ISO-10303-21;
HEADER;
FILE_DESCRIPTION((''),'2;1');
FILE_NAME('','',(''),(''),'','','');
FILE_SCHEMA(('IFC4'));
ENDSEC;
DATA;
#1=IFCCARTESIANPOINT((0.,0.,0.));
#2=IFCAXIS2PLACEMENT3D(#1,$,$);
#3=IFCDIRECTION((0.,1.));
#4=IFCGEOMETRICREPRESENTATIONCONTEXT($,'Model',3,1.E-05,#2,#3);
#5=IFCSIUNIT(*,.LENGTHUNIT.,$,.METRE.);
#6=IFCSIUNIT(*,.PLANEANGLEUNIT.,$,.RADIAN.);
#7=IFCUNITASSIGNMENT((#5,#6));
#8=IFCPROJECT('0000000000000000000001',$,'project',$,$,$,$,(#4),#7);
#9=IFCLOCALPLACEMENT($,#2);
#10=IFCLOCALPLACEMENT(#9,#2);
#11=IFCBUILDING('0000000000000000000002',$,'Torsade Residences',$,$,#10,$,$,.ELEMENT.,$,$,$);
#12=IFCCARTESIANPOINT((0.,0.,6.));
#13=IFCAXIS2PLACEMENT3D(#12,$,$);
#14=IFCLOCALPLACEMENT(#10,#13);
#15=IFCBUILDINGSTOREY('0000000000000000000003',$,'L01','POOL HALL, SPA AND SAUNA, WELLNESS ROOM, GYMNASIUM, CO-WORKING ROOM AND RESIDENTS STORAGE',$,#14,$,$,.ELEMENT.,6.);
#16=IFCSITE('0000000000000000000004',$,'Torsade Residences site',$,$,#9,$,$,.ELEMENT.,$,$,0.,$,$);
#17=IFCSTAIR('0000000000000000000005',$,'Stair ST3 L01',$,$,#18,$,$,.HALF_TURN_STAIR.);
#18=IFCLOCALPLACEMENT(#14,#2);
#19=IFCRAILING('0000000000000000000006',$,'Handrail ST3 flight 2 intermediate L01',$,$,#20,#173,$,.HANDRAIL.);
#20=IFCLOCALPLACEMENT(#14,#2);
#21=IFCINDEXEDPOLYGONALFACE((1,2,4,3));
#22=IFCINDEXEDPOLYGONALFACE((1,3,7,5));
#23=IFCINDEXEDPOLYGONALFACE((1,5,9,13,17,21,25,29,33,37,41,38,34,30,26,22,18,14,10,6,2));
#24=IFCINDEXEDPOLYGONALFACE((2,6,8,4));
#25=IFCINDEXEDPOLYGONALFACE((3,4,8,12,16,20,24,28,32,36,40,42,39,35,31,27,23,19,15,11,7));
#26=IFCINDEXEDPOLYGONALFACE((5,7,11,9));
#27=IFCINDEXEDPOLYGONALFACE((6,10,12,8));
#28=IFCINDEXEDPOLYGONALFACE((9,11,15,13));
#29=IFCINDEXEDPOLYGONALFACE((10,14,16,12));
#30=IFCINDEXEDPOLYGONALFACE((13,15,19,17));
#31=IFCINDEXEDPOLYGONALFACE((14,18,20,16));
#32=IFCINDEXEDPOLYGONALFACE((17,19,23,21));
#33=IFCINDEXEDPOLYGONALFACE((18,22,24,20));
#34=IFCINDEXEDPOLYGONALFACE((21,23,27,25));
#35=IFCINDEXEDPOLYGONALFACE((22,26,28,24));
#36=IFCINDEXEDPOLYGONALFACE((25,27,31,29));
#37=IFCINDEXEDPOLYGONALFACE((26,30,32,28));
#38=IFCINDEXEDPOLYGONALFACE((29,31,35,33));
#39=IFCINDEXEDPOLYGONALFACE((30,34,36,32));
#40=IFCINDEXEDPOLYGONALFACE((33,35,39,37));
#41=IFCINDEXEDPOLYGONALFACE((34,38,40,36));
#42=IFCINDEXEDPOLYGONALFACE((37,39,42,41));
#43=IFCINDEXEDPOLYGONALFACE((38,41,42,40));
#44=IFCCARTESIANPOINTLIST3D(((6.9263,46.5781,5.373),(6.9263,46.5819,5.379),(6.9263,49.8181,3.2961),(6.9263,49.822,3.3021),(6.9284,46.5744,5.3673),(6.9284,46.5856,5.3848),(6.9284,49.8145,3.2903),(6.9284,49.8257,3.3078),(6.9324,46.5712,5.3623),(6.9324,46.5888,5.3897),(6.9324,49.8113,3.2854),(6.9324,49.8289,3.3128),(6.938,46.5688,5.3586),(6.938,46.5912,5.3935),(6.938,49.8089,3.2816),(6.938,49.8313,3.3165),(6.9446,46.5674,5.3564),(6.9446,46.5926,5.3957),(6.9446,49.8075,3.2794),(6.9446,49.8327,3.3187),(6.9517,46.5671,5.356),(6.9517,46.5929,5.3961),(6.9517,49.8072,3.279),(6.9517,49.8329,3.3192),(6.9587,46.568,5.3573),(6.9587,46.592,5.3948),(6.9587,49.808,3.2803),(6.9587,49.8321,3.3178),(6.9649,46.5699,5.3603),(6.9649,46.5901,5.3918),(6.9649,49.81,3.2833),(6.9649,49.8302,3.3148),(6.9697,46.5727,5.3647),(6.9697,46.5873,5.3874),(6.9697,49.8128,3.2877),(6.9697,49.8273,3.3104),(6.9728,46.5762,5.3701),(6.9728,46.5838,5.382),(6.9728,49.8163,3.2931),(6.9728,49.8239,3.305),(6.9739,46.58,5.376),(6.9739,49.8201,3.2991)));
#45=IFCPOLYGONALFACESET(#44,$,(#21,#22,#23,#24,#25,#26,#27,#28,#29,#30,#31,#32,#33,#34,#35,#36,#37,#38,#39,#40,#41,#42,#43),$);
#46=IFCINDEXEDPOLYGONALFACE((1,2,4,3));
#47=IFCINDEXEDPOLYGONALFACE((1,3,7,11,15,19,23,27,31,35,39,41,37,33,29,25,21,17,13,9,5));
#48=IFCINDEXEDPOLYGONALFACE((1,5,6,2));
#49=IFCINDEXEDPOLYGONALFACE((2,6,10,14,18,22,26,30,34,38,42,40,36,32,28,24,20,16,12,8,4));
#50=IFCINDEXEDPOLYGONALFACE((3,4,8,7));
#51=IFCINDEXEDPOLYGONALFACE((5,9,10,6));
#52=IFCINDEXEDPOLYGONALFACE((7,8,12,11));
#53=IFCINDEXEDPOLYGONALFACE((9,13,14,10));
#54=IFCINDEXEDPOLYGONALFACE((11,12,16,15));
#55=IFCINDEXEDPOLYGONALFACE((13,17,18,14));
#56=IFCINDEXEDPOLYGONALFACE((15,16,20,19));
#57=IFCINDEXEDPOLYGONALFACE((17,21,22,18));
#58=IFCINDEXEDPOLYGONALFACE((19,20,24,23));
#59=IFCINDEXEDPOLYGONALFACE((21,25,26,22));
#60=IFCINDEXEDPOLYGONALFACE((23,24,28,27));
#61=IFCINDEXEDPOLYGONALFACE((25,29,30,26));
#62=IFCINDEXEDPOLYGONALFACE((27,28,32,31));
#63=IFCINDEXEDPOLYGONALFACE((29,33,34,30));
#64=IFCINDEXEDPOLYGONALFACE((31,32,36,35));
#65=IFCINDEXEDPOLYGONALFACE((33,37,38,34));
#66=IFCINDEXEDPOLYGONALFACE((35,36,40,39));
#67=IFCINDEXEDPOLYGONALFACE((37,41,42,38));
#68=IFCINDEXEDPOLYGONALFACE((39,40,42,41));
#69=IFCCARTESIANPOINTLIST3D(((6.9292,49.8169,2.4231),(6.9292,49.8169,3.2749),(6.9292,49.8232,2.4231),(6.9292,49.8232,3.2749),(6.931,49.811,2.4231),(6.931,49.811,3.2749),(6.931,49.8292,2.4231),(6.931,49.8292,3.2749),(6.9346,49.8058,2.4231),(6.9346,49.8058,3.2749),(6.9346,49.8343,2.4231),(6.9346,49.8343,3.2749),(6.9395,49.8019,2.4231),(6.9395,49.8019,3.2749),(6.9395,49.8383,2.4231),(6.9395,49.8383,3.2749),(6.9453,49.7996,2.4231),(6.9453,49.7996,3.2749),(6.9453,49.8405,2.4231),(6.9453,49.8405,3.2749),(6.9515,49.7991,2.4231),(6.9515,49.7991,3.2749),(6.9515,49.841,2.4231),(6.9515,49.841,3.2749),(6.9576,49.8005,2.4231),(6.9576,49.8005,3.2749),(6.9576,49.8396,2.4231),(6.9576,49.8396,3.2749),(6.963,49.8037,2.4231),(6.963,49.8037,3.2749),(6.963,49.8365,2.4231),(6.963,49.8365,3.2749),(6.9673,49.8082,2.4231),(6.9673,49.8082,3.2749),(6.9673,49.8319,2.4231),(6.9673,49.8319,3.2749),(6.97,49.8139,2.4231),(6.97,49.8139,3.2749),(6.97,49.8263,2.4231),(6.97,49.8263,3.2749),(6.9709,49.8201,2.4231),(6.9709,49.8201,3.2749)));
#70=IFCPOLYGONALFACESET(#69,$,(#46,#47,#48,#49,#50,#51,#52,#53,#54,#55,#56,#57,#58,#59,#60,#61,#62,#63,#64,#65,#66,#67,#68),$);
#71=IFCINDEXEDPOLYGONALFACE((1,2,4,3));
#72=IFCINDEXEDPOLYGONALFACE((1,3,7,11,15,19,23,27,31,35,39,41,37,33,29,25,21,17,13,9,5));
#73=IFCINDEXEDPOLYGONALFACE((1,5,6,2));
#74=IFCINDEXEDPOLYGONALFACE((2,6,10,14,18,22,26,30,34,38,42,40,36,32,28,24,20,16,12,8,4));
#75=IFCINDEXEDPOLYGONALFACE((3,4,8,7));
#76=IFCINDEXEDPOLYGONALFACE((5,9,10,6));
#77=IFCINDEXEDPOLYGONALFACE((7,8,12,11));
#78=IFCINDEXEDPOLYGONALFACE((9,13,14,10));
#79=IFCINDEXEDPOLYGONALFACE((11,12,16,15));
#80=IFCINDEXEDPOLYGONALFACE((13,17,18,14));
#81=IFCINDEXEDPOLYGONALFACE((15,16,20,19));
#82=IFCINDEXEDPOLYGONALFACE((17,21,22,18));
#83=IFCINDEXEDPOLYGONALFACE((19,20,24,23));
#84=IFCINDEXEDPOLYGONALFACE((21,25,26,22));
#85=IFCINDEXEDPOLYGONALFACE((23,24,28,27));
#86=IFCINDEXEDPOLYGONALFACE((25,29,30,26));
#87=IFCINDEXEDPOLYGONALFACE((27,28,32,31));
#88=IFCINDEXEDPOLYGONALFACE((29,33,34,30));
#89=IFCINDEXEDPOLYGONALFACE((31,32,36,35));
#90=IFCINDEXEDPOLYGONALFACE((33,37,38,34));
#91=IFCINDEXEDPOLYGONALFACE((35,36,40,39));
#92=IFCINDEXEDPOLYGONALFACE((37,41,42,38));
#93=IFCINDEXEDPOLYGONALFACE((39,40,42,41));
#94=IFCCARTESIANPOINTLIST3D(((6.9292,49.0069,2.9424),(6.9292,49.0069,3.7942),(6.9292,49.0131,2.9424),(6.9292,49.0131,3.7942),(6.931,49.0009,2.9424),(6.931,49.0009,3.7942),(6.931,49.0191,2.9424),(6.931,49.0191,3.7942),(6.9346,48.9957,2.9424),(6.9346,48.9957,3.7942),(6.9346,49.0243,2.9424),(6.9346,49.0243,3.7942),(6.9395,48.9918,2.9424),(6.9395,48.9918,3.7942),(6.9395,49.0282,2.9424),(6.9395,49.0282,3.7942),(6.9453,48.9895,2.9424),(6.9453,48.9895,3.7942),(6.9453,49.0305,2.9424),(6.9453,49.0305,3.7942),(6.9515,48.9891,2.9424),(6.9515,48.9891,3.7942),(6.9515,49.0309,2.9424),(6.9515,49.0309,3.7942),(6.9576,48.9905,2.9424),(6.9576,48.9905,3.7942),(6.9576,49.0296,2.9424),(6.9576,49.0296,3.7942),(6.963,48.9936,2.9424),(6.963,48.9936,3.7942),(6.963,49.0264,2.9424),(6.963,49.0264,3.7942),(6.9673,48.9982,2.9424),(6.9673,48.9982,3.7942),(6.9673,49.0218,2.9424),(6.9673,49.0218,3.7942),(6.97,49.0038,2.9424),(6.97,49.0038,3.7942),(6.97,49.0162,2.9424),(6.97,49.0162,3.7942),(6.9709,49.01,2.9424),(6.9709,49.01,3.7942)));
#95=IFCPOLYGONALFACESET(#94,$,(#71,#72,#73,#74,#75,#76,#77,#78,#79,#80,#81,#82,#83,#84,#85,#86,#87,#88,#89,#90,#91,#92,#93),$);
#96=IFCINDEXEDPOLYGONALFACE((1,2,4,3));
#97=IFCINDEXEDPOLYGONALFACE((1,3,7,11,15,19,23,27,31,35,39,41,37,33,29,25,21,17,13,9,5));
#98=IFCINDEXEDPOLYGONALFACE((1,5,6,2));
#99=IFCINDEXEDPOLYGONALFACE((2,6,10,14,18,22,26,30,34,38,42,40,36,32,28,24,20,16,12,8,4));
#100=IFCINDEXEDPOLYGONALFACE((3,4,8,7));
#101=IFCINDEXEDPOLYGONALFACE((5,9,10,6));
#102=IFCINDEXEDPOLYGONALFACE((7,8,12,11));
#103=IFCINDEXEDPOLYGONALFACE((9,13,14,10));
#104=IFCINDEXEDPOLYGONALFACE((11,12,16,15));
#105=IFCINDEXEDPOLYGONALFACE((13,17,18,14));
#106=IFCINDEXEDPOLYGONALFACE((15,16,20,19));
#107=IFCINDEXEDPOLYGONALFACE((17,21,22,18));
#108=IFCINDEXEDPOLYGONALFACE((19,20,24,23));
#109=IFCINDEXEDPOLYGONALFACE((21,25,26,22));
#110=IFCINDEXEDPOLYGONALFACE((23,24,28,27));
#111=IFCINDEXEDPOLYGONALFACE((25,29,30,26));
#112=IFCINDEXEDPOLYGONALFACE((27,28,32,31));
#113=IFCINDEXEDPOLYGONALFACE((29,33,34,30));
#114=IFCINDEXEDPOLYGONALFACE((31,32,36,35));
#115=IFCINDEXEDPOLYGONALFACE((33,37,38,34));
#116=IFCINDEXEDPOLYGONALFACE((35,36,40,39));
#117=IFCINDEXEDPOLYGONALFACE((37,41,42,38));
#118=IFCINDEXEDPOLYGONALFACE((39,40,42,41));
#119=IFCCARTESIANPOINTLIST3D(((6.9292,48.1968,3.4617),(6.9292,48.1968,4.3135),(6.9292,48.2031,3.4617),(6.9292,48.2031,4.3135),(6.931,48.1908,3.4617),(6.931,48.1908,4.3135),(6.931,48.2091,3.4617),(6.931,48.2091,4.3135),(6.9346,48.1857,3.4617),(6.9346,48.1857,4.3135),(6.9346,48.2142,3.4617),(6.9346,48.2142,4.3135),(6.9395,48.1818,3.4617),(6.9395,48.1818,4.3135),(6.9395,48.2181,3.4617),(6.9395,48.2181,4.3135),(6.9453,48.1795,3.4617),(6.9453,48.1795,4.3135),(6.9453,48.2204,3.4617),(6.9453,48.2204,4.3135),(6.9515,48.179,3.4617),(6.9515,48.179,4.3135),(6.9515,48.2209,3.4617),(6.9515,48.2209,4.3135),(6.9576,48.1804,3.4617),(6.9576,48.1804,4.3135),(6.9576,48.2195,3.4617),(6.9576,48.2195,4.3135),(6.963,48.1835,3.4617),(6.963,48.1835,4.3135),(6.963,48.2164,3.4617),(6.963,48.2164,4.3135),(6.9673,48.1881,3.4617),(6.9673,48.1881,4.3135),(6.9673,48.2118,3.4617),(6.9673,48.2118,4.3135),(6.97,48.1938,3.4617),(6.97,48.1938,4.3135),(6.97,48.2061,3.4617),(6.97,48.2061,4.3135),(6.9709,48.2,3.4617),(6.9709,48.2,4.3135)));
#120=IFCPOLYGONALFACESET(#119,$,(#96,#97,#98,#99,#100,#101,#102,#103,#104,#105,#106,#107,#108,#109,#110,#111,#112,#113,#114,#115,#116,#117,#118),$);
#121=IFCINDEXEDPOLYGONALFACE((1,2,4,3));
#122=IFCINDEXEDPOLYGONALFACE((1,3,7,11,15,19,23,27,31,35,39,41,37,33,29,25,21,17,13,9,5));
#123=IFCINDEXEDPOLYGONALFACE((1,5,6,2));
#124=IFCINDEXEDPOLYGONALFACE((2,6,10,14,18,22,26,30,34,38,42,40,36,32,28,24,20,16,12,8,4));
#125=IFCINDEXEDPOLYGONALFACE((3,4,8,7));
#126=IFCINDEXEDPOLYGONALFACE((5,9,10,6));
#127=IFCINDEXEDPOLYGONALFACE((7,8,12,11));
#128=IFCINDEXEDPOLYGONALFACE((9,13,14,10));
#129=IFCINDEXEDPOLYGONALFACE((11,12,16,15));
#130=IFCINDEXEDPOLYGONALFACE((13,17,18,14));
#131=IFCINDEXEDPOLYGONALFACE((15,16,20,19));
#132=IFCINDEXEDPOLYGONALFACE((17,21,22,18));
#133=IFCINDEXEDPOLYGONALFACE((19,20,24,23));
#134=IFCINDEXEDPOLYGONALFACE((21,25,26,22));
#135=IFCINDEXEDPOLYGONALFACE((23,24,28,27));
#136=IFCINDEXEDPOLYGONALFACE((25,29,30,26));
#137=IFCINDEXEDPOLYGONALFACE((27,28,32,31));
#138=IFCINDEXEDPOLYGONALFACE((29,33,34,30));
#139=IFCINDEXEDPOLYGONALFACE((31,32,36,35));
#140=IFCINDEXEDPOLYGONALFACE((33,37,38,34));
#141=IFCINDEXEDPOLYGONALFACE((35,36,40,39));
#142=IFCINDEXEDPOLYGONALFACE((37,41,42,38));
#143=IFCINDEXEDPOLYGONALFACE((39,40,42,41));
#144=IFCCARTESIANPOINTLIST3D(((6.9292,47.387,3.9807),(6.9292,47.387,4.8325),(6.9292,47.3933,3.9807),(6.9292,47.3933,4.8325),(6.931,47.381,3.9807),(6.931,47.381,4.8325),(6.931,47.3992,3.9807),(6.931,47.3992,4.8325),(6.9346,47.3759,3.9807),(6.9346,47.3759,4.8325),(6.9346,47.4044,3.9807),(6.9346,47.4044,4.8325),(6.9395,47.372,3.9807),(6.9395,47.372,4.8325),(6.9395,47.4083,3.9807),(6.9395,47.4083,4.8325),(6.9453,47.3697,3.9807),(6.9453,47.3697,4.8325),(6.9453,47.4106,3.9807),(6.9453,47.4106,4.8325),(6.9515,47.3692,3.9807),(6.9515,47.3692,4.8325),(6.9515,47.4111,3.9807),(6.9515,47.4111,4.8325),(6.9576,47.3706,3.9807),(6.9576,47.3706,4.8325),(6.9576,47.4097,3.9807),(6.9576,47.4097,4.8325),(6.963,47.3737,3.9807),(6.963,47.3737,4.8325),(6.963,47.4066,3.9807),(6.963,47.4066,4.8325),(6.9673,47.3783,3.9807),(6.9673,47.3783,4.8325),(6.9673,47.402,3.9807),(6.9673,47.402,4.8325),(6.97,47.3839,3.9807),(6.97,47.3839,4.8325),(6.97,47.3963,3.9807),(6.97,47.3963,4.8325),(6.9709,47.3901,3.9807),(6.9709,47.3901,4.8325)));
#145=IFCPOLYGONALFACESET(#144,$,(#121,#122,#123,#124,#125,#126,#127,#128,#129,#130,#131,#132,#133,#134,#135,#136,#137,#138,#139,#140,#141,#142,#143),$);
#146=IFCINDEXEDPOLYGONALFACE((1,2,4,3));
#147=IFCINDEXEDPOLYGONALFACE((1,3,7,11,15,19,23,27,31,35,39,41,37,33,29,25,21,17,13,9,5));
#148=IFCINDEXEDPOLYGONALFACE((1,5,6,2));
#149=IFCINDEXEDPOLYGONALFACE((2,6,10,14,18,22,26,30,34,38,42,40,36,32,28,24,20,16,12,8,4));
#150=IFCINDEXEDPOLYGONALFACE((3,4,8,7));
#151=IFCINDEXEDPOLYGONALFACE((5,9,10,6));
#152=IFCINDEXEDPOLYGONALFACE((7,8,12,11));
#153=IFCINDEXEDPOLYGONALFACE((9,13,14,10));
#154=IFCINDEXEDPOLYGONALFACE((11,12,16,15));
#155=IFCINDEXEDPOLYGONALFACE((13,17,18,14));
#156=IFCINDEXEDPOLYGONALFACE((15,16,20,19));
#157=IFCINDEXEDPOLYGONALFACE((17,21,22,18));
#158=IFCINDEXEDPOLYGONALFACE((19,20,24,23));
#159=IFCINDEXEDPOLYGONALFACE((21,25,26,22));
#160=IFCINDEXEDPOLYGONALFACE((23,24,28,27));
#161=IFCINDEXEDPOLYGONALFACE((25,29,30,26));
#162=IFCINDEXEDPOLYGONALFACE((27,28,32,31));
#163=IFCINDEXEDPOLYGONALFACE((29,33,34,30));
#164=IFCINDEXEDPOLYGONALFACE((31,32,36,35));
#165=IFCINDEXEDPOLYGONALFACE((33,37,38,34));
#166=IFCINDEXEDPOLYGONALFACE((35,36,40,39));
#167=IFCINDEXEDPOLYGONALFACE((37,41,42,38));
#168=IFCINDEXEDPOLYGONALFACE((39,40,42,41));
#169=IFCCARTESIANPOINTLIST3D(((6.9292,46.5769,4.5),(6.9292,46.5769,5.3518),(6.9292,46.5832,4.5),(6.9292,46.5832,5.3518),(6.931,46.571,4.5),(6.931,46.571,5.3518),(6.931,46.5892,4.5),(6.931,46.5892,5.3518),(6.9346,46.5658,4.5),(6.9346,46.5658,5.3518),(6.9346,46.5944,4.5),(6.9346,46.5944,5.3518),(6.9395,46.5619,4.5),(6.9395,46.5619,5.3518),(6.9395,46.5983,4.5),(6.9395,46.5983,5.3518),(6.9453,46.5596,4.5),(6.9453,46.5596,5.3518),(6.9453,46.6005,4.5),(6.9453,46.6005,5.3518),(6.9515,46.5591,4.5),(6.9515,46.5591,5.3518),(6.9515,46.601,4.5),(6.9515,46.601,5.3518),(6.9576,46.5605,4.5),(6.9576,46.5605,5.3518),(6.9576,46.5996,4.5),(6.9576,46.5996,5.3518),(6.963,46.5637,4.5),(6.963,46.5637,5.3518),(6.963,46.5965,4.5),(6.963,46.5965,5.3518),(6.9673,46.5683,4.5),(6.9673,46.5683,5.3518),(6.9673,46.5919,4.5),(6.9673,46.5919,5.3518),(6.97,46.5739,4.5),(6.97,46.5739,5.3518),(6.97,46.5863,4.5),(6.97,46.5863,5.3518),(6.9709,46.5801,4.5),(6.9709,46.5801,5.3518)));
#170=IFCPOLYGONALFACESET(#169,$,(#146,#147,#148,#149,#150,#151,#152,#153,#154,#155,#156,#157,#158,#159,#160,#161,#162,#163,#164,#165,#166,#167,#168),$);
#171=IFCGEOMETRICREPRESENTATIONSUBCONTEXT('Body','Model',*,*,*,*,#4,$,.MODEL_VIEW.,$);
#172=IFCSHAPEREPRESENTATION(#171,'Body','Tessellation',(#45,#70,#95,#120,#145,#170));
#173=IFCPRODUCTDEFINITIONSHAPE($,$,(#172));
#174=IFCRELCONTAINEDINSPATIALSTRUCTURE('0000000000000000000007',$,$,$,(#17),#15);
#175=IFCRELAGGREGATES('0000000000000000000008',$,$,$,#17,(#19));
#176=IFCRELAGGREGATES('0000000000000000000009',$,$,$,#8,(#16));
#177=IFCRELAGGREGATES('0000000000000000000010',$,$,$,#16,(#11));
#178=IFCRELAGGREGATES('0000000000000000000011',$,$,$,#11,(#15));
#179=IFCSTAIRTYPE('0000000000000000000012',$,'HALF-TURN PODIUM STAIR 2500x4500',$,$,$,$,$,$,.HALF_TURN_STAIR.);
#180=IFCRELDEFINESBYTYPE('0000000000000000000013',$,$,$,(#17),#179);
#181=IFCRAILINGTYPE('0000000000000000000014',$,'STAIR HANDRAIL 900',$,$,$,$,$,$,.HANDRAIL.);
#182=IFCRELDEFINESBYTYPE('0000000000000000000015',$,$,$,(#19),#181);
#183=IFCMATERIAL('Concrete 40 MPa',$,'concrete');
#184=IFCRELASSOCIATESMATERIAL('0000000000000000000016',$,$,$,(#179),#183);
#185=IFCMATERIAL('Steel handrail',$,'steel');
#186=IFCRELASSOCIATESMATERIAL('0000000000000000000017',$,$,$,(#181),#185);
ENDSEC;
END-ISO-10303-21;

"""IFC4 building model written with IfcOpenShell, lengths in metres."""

from ifc_helpers import new_model, si_unit, direction, frame, origin, origin_2d, place, context, subcontext, project, spatial, circle, extrude, material, type_object, element, aggregate, save


model = new_model("IFC4")

# Units and contexts
model_context = context("Model", 3, precision=1e-05, world=origin(), true_north=direction((0.0, 1.0)))
body_context = subcontext(model_context, "Body", "Model", "MODEL_VIEW")
ifc_project = project(units=[si_unit("LENGTHUNIT", "METRE"), si_unit("PLANEANGLEUNIT", "RADIAN")], contexts=[model_context])

# Site, building, storey
site_placement = place(None, origin())
site = spatial("IfcSite", under=ifc_project, at=site_placement, Name="Torsade Residences site", CompositionType="ELEMENT", RefElevation=0.0)
building_placement = place(site_placement, origin())
building = spatial("IfcBuilding", under=site, at=building_placement, Name="Torsade Residences", CompositionType="ELEMENT")
storey_placement = place(building_placement, frame((0.0, 0.0, 6.0)))
storey = spatial("IfcBuildingStorey", under=building, at=storey_placement, Name="L01", Description="POOL HALL, SPA AND SAUNA, WELLNESS ROOM, GYMNASIUM, CO-WORKING ROOM AND RESIDENTS STORAGE", CompositionType="ELEMENT", Elevation=6.0)

# Stair, railing
ifc_material_1 = material(Name="Concrete 40 MPa", Category="concrete")
stair_type = type_object("IfcStairType", Name="HALF-TURN PODIUM STAIR 2500x4500", PredefinedType="HALF_TURN_STAIR", material=ifc_material_1)
stair_placement = place(storey_placement, origin())
stair = element("IfcStair", 1, at=stair_placement, inside=storey, type_object=stair_type, Name="Stair ST3 L01", PredefinedType="HALF_TURN_STAIR")
ifc_material_2 = material(Name="Steel handrail", Category="steel")
railing_type = type_object("IfcRailingType", Name="STAIR HANDRAIL 900", PredefinedType="HANDRAIL", material=ifc_material_2)
railing_1_placement = place(storey_placement, frame((6.95, 49.8201, 2.4231)))
railing_1 = element("IfcRailing", 2, at=railing_1_placement, type_object=railing_type, Name="Handrail ST3 flight 2 intermediate L01", PredefinedType="HANDRAIL", context=body_context, shape_type="SweptSolid", body=[
    extrude(circle(Radius=0.0239, at=origin_2d()), frame((0.0, 0.0, 0.876), z_axis=(0.0, -0.841881, 0.539664), x_axis=(1.0, 0.0, 0.0)), (0.0, 0.0, 1.0), 3.8486),
    extrude(circle(Radius=0.021, at=origin_2d()), origin(), (0.0, 0.0, 1.0), 0.8518),
    extrude(circle(Radius=0.021, at=origin_2d()), frame((0.0, -0.8101, 0.5193)), (0.0, 0.0, 1.0), 0.8518),
    extrude(circle(Radius=0.021, at=origin_2d()), frame((0.0, -1.6201, 1.0386)), (0.0, 0.0, 1.0), 0.8518),
    extrude(circle(Radius=0.021, at=origin_2d()), frame((0.0, -2.4299, 1.5576)), (0.0, 0.0, 1.0), 0.8518),
    extrude(circle(Radius=0.021, at=origin_2d()), frame((0.0, -3.24, 2.0769)), (0.0, 0.0, 1.0), 0.8518),
])
aggregate(stair, [railing_1])

save(model, "model.ifc")
